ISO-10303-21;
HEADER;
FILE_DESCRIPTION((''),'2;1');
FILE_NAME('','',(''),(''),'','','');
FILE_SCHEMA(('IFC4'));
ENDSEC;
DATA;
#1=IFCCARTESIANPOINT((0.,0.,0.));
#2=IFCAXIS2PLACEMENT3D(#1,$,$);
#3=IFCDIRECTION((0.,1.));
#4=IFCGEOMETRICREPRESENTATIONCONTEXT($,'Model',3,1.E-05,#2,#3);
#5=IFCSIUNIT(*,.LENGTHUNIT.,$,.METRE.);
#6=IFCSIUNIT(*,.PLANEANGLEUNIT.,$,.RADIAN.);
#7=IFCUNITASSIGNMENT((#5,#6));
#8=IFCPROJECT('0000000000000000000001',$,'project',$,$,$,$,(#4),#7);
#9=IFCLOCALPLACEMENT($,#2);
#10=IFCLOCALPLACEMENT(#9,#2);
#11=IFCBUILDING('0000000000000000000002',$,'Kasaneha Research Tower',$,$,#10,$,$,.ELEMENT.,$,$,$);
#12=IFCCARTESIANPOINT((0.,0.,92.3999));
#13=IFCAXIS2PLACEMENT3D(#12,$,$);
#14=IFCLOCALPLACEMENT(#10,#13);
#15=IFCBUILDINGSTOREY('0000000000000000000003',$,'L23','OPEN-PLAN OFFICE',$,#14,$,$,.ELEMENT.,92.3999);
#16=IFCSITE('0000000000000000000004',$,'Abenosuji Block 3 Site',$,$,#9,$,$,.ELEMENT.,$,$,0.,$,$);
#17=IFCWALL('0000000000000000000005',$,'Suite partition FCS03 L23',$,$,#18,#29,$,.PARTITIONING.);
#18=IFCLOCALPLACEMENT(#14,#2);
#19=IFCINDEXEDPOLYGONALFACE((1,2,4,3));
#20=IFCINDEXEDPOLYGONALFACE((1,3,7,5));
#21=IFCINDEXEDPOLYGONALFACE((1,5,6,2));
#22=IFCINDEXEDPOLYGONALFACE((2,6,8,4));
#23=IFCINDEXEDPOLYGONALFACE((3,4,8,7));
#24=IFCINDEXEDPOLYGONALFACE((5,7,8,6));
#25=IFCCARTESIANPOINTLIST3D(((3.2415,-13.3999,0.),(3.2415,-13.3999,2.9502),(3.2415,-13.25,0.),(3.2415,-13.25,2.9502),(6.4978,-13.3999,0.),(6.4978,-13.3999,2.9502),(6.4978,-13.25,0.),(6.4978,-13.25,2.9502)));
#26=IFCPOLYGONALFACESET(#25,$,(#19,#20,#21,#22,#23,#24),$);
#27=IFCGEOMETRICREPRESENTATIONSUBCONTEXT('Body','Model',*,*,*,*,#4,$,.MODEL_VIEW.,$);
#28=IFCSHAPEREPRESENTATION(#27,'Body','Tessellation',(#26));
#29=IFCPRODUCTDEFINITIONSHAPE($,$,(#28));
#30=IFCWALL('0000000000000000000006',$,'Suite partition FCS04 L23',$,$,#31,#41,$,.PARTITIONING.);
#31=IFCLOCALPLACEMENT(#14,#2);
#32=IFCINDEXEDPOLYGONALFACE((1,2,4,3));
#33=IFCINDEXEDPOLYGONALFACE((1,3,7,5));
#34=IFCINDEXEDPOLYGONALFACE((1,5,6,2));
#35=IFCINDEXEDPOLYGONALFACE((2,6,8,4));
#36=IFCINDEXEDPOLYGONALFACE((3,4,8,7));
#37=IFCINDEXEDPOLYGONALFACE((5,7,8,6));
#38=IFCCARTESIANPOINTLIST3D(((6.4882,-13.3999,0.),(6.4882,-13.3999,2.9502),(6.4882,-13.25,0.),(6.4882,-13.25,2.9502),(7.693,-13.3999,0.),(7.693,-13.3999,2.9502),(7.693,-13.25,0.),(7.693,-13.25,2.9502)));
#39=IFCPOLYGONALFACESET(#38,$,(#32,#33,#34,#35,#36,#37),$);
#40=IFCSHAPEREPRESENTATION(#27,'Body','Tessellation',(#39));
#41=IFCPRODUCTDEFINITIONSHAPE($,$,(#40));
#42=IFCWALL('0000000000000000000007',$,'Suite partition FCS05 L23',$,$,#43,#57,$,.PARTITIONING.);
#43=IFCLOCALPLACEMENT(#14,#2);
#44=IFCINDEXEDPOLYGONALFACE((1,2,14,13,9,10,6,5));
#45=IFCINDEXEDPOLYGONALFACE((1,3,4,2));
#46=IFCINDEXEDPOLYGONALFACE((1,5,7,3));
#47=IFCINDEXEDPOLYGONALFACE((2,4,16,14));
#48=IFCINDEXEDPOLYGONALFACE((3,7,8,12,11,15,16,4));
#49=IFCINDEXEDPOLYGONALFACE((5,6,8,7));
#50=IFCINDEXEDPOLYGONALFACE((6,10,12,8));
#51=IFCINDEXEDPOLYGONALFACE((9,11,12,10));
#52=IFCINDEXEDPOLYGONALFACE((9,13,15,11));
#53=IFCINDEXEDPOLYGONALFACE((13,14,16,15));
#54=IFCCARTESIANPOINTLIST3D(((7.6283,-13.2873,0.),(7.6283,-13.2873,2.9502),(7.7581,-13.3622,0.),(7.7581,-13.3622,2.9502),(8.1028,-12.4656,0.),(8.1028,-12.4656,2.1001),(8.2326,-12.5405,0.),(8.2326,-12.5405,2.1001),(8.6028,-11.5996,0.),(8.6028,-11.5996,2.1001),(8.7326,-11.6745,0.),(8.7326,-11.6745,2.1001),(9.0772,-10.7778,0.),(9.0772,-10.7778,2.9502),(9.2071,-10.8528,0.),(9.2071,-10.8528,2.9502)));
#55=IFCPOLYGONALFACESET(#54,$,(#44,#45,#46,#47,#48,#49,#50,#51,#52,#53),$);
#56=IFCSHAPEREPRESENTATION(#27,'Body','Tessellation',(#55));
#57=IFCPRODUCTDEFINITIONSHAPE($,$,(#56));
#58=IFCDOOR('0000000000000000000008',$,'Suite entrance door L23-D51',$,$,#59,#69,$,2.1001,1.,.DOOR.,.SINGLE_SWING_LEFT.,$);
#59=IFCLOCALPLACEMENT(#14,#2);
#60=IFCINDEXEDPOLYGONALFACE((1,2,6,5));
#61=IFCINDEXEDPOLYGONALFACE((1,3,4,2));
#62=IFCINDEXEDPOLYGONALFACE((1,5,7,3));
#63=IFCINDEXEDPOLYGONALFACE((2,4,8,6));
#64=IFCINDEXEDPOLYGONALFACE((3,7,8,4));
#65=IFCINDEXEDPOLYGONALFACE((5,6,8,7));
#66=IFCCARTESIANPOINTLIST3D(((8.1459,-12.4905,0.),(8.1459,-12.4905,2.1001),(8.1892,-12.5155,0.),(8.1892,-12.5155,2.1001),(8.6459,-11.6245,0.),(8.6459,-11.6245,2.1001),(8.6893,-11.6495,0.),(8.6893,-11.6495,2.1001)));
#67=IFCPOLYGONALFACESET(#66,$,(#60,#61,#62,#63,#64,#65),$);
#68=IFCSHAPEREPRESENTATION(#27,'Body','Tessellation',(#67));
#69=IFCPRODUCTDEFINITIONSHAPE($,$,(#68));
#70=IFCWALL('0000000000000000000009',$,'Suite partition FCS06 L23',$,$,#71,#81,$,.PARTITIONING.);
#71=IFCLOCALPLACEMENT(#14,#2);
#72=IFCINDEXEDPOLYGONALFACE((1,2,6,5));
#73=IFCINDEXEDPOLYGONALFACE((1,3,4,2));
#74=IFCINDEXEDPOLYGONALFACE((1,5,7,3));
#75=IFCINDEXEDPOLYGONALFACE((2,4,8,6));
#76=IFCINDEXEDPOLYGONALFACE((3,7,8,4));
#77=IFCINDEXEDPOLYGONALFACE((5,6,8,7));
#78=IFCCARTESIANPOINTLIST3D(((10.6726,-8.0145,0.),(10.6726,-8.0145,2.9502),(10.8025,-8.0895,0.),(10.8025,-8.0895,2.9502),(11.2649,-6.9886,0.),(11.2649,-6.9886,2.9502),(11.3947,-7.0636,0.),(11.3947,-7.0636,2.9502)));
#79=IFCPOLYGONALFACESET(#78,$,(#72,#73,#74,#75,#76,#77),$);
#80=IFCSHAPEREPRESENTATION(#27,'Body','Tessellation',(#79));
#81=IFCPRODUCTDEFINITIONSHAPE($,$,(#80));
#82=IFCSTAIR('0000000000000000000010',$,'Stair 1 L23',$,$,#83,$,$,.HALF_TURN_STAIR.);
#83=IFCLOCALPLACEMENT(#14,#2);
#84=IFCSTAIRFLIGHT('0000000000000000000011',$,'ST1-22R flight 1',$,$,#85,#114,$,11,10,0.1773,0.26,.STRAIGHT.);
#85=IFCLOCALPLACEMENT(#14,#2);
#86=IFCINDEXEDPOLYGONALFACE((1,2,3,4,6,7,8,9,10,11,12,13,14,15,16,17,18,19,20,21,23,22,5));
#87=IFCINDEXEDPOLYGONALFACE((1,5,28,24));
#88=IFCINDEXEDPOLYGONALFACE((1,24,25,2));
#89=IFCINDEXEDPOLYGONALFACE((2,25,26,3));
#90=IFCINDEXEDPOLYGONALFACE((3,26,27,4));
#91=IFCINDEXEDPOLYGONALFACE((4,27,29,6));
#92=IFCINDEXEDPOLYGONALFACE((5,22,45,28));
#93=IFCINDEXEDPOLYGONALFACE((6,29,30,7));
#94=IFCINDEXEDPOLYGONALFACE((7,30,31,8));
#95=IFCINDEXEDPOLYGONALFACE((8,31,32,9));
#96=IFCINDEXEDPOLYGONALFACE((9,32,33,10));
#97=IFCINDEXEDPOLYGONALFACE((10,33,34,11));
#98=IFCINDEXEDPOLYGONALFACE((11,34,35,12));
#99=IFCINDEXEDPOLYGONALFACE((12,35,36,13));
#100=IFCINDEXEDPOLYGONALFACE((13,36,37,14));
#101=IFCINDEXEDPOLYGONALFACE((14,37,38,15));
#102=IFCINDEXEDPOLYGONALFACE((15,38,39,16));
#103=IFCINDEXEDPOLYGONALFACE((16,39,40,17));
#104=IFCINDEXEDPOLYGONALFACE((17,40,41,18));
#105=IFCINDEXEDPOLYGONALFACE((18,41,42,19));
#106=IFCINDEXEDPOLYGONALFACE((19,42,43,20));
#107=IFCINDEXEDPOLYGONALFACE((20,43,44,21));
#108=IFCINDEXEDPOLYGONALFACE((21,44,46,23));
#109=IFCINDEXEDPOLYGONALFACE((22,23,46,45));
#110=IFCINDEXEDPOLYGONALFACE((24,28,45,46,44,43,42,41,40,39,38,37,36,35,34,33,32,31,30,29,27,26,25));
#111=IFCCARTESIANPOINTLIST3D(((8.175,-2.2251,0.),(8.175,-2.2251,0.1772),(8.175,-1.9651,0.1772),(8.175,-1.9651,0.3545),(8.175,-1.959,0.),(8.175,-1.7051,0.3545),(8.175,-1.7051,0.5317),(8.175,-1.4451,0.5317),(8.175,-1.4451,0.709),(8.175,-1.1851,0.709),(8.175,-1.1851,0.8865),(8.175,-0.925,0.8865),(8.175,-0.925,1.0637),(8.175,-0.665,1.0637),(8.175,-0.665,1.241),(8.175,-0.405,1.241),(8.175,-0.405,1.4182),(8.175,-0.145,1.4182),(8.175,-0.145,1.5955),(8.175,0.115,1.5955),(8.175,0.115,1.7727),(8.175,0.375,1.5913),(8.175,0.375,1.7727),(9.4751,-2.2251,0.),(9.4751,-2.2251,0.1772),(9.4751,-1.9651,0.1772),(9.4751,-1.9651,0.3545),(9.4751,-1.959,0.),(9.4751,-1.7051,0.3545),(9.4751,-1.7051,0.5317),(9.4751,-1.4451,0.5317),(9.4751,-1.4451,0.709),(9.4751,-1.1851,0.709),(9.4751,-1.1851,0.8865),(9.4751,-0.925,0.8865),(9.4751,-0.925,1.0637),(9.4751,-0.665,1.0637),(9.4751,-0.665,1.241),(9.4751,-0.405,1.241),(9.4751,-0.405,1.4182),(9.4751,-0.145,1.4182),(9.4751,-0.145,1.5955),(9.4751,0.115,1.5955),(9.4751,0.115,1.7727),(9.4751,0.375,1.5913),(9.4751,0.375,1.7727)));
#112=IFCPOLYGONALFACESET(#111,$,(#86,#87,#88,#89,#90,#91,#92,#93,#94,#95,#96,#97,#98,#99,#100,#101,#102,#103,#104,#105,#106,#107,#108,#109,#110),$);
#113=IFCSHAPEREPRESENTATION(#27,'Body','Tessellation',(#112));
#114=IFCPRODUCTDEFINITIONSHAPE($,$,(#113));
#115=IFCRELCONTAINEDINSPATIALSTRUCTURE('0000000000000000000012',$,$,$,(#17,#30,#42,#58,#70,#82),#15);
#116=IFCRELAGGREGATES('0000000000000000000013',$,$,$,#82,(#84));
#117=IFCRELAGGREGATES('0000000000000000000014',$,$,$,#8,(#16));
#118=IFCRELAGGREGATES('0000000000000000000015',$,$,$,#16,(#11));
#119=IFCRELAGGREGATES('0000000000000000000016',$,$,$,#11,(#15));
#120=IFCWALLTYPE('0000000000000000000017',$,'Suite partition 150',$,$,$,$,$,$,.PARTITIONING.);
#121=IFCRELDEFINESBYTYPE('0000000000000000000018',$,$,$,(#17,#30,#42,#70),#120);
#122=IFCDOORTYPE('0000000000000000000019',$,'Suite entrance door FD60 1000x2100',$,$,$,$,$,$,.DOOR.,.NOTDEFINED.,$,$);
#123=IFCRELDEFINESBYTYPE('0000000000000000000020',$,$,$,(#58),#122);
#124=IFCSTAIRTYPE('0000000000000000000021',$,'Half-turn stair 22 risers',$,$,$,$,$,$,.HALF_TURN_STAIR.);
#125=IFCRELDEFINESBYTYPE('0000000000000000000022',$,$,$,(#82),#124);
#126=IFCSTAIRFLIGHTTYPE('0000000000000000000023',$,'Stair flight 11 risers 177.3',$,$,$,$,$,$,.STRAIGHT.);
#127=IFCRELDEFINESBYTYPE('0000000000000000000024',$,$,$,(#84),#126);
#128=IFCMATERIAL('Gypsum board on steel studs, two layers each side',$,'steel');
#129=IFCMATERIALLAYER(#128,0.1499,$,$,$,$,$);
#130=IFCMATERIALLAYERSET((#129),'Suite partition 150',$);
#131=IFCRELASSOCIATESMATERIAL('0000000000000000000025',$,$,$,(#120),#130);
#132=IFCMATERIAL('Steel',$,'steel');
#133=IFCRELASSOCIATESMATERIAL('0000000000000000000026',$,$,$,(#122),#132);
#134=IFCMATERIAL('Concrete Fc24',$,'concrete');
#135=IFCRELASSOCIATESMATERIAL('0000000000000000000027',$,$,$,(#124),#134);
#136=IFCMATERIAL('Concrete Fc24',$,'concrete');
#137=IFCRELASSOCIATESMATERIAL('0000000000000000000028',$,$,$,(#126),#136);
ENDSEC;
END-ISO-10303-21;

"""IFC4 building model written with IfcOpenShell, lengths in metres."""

from ifc_helpers import new_model, si_unit, direction, frame, frame_2d, origin, place, context, subcontext, project, spatial, polyline, rectangle, outline, extrude, material, layer, layer_set, type_object, element, fill, aggregate, save


model = new_model("IFC4")

# Units and contexts
model_context = context("Model", 3, precision=1e-05, world=origin(), true_north=direction((0.0, 1.0)))
body_context = subcontext(model_context, "Body", "Model", "MODEL_VIEW")
ifc_project = project(units=[si_unit("LENGTHUNIT", "METRE"), si_unit("PLANEANGLEUNIT", "RADIAN")], contexts=[model_context])

# Site, building, storey
site_placement = place(None, origin())
site = spatial("IfcSite", under=ifc_project, at=site_placement, Name="Abenosuji Block 3 Site", CompositionType="ELEMENT", RefElevation=0.0)
building_placement = place(site_placement, origin())
building = spatial("IfcBuilding", under=site, at=building_placement, Name="Kasaneha Research Tower", CompositionType="ELEMENT")
storey_placement = place(building_placement, frame((0.0, 0.0, 92.3999)))
storey = spatial("IfcBuildingStorey", under=building, at=storey_placement, Name="L23", Description="OPEN-PLAN OFFICE", CompositionType="ELEMENT", Elevation=92.3999)

# Shared definitions
ifc_material_1 = material(Name="Gypsum board on steel studs, two layers each side", Category="steel")
ifc_layer_1 = layer(ifc_material_1, 0.1499)
ifc_layer_set_1 = layer_set([ifc_layer_1], Name="Suite partition 150")
wall_type_1 = type_object("IfcWallType", Name="Suite partition 150", PredefinedType="PARTITIONING", material=ifc_layer_set_1)
ifc_material_2 = material(Name="Steel", Category="steel")
door_type_1 = type_object("IfcDoorType", Name="Suite entrance door FD60 1000x2100", OperationType="NOTDEFINED", PredefinedType="DOOR", material=ifc_material_2)

# Walls
wall_1_placement = place(storey_placement, frame((6.4978, -13.325, 0.0), z_axis=(0.0, 0.0, 1.0), x_axis=(-1.0, 0.0, 0.0)))
element("IfcWall", 1, at=wall_1_placement, inside=storey, type_object=wall_type_1, Name="Suite partition FCS03 L23", PredefinedType="PARTITIONING", context=body_context, shape_type="SweptSolid", body=[
    extrude(rectangle(XDim=3.2563, YDim=0.1499, at=frame_2d((1.6282, 0.0))), origin(), (0.0, 0.0, 1.0), 2.9502),
])
wall_2_placement = place(storey_placement, frame((7.6931, -13.325, 0.0), z_axis=(0.0, 0.0, 1.0), x_axis=(-1.0, 0.0, 0.0)))
element("IfcWall", 2, at=wall_2_placement, inside=storey, type_object=wall_type_1, Name="Suite partition FCS04 L23", PredefinedType="PARTITIONING", context=body_context, shape_type="SweptSolid", body=[
    extrude(rectangle(XDim=1.2048, YDim=0.1499, at=frame_2d((0.6025, 0.0))), origin(), (0.0, 0.0, 1.0), 2.9502),
])

# Wall, opening, door
wall_3_placement = place(storey_placement, frame((9.1421, -10.8154, 0.0), z_axis=(0.0, 0.0, 1.0), x_axis=(-0.500026, -0.86601, 0.0)))
wall_3 = element("IfcWall", 3, at=wall_3_placement, inside=storey, type_object=wall_type_1, Name="Suite partition FCS05 L23", PredefinedType="PARTITIONING", context=body_context, shape_type="SweptSolid", body=[
    extrude(rectangle(XDim=2.8977, YDim=0.1499, at=frame_2d((1.4487, 0.0))), origin(), (0.0, 0.0, 1.0), 2.9502),
])
opening_1_placement = place(wall_3_placement, frame((0.9487, 0.0, 0.0)))
opening_1 = element("IfcOpeningElement", 4, at=opening_1_placement, cuts=wall_3, PredefinedType="OPENING", context=body_context, shape_type="SweptSolid", body=[
    extrude(rectangle(XDim=1.0, YDim=2.1001, at=frame_2d((0.5, 1.05))), frame((0.0, 0.085, 0.0), z_axis=(0.0, -1.0, 0.0), x_axis=(1.0, 0.0, 0.0)), (0.0, 0.0, 1.0), 0.1699),
])
door_1_placement = place(opening_1_placement, origin())
door_1 = element("IfcDoor", 5, at=door_1_placement, inside=storey, type_object=door_type_1, Name="Suite entrance door L23-D51", OperationType="SINGLE_SWING_LEFT", OverallHeight=2.1001, OverallWidth=1.0, PredefinedType="DOOR", context=body_context, shape_type="SweptSolid", body=[
    extrude(rectangle(XDim=1.0, YDim=2.1001, at=frame_2d((0.5, 1.05))), frame((0.0, 0.0249, 0.0), z_axis=(0.0, -1.0, 0.0), x_axis=(1.0, 0.0, 0.0)), (0.0, 0.0, 1.0), 0.05),
])
fill(opening_1, door_1)

# Wall
wall_4_placement = place(storey_placement, frame((11.3298, -7.0261, 0.0), z_axis=(0.0, 0.0, 1.0), x_axis=(-0.499996, -0.866028, 0.0)))
element("IfcWall", 6, at=wall_4_placement, inside=storey, type_object=wall_type_1, Name="Suite partition FCS06 L23", PredefinedType="PARTITIONING", context=body_context, shape_type="SweptSolid", body=[
    extrude(rectangle(XDim=1.1846, YDim=0.1499, at=frame_2d((0.5923, 0.0))), origin(), (0.0, 0.0, 1.0), 2.9502),
])

# Stair, stair flight
ifc_material_3 = material(Name="Concrete Fc24", Category="concrete")
stair_type = type_object("IfcStairType", Name="Half-turn stair 22 risers", PredefinedType="HALF_TURN_STAIR", material=ifc_material_3)
stair_placement = place(storey_placement, origin())
stair = element("IfcStair", 7, at=stair_placement, inside=storey, type_object=stair_type, Name="Stair 1 L23", PredefinedType="HALF_TURN_STAIR")
ifc_material_4 = material(Name="Concrete Fc24", Category="concrete")
stair_flight_type = type_object("IfcStairFlightType", Name="Stair flight 11 risers 177.3", PredefinedType="STRAIGHT", material=ifc_material_4)
stair_flight_placement = place(storey_placement, frame((8.825, -2.2251, 0.0), z_axis=(0.0, 0.0, 1.0), x_axis=(0.0, 1.0, 0.0)))
stair_flight = element("IfcStairFlight", 8, at=stair_flight_placement, type_object=stair_flight_type, Name="ST1-22R flight 1", NumberOfRisers=11, NumberOfTreads=10, PredefinedType="STRAIGHT", RiserHeight=0.1773, TreadLength=0.26, context=body_context, shape_type="SweptSolid", body=[
    extrude(outline(polyline([(0.0, 0.0), (0.0, 0.1772), (0.26, 0.1772), (0.26, 0.3545), (0.52, 0.3545), (0.52, 0.5317), (0.78, 0.5317), (0.78, 0.709), (1.04, 0.709), (1.04, 0.8865), (1.3, 0.8865), (1.3, 1.0637), (1.5601, 1.0637), (1.5601, 1.241), (1.8201, 1.241), (1.8201, 1.4182), (2.0801, 1.4182), (2.0801, 1.5955), (2.3401, 1.5955), (2.3401, 1.7727), (2.6001, 1.7727), (2.6001, 1.95), (2.6001, 1.5913), (0.2661, 0.0), (0.0, 0.0)])), frame((0.0, 0.6499, 0.0), z_axis=(0.0, -1.0, 0.0), x_axis=(1.0, 0.0, 0.0)), (0.0, 0.0, 1.0), 1.3),
])
aggregate(stair, [stair_flight])

save(model, "model.ifc")
